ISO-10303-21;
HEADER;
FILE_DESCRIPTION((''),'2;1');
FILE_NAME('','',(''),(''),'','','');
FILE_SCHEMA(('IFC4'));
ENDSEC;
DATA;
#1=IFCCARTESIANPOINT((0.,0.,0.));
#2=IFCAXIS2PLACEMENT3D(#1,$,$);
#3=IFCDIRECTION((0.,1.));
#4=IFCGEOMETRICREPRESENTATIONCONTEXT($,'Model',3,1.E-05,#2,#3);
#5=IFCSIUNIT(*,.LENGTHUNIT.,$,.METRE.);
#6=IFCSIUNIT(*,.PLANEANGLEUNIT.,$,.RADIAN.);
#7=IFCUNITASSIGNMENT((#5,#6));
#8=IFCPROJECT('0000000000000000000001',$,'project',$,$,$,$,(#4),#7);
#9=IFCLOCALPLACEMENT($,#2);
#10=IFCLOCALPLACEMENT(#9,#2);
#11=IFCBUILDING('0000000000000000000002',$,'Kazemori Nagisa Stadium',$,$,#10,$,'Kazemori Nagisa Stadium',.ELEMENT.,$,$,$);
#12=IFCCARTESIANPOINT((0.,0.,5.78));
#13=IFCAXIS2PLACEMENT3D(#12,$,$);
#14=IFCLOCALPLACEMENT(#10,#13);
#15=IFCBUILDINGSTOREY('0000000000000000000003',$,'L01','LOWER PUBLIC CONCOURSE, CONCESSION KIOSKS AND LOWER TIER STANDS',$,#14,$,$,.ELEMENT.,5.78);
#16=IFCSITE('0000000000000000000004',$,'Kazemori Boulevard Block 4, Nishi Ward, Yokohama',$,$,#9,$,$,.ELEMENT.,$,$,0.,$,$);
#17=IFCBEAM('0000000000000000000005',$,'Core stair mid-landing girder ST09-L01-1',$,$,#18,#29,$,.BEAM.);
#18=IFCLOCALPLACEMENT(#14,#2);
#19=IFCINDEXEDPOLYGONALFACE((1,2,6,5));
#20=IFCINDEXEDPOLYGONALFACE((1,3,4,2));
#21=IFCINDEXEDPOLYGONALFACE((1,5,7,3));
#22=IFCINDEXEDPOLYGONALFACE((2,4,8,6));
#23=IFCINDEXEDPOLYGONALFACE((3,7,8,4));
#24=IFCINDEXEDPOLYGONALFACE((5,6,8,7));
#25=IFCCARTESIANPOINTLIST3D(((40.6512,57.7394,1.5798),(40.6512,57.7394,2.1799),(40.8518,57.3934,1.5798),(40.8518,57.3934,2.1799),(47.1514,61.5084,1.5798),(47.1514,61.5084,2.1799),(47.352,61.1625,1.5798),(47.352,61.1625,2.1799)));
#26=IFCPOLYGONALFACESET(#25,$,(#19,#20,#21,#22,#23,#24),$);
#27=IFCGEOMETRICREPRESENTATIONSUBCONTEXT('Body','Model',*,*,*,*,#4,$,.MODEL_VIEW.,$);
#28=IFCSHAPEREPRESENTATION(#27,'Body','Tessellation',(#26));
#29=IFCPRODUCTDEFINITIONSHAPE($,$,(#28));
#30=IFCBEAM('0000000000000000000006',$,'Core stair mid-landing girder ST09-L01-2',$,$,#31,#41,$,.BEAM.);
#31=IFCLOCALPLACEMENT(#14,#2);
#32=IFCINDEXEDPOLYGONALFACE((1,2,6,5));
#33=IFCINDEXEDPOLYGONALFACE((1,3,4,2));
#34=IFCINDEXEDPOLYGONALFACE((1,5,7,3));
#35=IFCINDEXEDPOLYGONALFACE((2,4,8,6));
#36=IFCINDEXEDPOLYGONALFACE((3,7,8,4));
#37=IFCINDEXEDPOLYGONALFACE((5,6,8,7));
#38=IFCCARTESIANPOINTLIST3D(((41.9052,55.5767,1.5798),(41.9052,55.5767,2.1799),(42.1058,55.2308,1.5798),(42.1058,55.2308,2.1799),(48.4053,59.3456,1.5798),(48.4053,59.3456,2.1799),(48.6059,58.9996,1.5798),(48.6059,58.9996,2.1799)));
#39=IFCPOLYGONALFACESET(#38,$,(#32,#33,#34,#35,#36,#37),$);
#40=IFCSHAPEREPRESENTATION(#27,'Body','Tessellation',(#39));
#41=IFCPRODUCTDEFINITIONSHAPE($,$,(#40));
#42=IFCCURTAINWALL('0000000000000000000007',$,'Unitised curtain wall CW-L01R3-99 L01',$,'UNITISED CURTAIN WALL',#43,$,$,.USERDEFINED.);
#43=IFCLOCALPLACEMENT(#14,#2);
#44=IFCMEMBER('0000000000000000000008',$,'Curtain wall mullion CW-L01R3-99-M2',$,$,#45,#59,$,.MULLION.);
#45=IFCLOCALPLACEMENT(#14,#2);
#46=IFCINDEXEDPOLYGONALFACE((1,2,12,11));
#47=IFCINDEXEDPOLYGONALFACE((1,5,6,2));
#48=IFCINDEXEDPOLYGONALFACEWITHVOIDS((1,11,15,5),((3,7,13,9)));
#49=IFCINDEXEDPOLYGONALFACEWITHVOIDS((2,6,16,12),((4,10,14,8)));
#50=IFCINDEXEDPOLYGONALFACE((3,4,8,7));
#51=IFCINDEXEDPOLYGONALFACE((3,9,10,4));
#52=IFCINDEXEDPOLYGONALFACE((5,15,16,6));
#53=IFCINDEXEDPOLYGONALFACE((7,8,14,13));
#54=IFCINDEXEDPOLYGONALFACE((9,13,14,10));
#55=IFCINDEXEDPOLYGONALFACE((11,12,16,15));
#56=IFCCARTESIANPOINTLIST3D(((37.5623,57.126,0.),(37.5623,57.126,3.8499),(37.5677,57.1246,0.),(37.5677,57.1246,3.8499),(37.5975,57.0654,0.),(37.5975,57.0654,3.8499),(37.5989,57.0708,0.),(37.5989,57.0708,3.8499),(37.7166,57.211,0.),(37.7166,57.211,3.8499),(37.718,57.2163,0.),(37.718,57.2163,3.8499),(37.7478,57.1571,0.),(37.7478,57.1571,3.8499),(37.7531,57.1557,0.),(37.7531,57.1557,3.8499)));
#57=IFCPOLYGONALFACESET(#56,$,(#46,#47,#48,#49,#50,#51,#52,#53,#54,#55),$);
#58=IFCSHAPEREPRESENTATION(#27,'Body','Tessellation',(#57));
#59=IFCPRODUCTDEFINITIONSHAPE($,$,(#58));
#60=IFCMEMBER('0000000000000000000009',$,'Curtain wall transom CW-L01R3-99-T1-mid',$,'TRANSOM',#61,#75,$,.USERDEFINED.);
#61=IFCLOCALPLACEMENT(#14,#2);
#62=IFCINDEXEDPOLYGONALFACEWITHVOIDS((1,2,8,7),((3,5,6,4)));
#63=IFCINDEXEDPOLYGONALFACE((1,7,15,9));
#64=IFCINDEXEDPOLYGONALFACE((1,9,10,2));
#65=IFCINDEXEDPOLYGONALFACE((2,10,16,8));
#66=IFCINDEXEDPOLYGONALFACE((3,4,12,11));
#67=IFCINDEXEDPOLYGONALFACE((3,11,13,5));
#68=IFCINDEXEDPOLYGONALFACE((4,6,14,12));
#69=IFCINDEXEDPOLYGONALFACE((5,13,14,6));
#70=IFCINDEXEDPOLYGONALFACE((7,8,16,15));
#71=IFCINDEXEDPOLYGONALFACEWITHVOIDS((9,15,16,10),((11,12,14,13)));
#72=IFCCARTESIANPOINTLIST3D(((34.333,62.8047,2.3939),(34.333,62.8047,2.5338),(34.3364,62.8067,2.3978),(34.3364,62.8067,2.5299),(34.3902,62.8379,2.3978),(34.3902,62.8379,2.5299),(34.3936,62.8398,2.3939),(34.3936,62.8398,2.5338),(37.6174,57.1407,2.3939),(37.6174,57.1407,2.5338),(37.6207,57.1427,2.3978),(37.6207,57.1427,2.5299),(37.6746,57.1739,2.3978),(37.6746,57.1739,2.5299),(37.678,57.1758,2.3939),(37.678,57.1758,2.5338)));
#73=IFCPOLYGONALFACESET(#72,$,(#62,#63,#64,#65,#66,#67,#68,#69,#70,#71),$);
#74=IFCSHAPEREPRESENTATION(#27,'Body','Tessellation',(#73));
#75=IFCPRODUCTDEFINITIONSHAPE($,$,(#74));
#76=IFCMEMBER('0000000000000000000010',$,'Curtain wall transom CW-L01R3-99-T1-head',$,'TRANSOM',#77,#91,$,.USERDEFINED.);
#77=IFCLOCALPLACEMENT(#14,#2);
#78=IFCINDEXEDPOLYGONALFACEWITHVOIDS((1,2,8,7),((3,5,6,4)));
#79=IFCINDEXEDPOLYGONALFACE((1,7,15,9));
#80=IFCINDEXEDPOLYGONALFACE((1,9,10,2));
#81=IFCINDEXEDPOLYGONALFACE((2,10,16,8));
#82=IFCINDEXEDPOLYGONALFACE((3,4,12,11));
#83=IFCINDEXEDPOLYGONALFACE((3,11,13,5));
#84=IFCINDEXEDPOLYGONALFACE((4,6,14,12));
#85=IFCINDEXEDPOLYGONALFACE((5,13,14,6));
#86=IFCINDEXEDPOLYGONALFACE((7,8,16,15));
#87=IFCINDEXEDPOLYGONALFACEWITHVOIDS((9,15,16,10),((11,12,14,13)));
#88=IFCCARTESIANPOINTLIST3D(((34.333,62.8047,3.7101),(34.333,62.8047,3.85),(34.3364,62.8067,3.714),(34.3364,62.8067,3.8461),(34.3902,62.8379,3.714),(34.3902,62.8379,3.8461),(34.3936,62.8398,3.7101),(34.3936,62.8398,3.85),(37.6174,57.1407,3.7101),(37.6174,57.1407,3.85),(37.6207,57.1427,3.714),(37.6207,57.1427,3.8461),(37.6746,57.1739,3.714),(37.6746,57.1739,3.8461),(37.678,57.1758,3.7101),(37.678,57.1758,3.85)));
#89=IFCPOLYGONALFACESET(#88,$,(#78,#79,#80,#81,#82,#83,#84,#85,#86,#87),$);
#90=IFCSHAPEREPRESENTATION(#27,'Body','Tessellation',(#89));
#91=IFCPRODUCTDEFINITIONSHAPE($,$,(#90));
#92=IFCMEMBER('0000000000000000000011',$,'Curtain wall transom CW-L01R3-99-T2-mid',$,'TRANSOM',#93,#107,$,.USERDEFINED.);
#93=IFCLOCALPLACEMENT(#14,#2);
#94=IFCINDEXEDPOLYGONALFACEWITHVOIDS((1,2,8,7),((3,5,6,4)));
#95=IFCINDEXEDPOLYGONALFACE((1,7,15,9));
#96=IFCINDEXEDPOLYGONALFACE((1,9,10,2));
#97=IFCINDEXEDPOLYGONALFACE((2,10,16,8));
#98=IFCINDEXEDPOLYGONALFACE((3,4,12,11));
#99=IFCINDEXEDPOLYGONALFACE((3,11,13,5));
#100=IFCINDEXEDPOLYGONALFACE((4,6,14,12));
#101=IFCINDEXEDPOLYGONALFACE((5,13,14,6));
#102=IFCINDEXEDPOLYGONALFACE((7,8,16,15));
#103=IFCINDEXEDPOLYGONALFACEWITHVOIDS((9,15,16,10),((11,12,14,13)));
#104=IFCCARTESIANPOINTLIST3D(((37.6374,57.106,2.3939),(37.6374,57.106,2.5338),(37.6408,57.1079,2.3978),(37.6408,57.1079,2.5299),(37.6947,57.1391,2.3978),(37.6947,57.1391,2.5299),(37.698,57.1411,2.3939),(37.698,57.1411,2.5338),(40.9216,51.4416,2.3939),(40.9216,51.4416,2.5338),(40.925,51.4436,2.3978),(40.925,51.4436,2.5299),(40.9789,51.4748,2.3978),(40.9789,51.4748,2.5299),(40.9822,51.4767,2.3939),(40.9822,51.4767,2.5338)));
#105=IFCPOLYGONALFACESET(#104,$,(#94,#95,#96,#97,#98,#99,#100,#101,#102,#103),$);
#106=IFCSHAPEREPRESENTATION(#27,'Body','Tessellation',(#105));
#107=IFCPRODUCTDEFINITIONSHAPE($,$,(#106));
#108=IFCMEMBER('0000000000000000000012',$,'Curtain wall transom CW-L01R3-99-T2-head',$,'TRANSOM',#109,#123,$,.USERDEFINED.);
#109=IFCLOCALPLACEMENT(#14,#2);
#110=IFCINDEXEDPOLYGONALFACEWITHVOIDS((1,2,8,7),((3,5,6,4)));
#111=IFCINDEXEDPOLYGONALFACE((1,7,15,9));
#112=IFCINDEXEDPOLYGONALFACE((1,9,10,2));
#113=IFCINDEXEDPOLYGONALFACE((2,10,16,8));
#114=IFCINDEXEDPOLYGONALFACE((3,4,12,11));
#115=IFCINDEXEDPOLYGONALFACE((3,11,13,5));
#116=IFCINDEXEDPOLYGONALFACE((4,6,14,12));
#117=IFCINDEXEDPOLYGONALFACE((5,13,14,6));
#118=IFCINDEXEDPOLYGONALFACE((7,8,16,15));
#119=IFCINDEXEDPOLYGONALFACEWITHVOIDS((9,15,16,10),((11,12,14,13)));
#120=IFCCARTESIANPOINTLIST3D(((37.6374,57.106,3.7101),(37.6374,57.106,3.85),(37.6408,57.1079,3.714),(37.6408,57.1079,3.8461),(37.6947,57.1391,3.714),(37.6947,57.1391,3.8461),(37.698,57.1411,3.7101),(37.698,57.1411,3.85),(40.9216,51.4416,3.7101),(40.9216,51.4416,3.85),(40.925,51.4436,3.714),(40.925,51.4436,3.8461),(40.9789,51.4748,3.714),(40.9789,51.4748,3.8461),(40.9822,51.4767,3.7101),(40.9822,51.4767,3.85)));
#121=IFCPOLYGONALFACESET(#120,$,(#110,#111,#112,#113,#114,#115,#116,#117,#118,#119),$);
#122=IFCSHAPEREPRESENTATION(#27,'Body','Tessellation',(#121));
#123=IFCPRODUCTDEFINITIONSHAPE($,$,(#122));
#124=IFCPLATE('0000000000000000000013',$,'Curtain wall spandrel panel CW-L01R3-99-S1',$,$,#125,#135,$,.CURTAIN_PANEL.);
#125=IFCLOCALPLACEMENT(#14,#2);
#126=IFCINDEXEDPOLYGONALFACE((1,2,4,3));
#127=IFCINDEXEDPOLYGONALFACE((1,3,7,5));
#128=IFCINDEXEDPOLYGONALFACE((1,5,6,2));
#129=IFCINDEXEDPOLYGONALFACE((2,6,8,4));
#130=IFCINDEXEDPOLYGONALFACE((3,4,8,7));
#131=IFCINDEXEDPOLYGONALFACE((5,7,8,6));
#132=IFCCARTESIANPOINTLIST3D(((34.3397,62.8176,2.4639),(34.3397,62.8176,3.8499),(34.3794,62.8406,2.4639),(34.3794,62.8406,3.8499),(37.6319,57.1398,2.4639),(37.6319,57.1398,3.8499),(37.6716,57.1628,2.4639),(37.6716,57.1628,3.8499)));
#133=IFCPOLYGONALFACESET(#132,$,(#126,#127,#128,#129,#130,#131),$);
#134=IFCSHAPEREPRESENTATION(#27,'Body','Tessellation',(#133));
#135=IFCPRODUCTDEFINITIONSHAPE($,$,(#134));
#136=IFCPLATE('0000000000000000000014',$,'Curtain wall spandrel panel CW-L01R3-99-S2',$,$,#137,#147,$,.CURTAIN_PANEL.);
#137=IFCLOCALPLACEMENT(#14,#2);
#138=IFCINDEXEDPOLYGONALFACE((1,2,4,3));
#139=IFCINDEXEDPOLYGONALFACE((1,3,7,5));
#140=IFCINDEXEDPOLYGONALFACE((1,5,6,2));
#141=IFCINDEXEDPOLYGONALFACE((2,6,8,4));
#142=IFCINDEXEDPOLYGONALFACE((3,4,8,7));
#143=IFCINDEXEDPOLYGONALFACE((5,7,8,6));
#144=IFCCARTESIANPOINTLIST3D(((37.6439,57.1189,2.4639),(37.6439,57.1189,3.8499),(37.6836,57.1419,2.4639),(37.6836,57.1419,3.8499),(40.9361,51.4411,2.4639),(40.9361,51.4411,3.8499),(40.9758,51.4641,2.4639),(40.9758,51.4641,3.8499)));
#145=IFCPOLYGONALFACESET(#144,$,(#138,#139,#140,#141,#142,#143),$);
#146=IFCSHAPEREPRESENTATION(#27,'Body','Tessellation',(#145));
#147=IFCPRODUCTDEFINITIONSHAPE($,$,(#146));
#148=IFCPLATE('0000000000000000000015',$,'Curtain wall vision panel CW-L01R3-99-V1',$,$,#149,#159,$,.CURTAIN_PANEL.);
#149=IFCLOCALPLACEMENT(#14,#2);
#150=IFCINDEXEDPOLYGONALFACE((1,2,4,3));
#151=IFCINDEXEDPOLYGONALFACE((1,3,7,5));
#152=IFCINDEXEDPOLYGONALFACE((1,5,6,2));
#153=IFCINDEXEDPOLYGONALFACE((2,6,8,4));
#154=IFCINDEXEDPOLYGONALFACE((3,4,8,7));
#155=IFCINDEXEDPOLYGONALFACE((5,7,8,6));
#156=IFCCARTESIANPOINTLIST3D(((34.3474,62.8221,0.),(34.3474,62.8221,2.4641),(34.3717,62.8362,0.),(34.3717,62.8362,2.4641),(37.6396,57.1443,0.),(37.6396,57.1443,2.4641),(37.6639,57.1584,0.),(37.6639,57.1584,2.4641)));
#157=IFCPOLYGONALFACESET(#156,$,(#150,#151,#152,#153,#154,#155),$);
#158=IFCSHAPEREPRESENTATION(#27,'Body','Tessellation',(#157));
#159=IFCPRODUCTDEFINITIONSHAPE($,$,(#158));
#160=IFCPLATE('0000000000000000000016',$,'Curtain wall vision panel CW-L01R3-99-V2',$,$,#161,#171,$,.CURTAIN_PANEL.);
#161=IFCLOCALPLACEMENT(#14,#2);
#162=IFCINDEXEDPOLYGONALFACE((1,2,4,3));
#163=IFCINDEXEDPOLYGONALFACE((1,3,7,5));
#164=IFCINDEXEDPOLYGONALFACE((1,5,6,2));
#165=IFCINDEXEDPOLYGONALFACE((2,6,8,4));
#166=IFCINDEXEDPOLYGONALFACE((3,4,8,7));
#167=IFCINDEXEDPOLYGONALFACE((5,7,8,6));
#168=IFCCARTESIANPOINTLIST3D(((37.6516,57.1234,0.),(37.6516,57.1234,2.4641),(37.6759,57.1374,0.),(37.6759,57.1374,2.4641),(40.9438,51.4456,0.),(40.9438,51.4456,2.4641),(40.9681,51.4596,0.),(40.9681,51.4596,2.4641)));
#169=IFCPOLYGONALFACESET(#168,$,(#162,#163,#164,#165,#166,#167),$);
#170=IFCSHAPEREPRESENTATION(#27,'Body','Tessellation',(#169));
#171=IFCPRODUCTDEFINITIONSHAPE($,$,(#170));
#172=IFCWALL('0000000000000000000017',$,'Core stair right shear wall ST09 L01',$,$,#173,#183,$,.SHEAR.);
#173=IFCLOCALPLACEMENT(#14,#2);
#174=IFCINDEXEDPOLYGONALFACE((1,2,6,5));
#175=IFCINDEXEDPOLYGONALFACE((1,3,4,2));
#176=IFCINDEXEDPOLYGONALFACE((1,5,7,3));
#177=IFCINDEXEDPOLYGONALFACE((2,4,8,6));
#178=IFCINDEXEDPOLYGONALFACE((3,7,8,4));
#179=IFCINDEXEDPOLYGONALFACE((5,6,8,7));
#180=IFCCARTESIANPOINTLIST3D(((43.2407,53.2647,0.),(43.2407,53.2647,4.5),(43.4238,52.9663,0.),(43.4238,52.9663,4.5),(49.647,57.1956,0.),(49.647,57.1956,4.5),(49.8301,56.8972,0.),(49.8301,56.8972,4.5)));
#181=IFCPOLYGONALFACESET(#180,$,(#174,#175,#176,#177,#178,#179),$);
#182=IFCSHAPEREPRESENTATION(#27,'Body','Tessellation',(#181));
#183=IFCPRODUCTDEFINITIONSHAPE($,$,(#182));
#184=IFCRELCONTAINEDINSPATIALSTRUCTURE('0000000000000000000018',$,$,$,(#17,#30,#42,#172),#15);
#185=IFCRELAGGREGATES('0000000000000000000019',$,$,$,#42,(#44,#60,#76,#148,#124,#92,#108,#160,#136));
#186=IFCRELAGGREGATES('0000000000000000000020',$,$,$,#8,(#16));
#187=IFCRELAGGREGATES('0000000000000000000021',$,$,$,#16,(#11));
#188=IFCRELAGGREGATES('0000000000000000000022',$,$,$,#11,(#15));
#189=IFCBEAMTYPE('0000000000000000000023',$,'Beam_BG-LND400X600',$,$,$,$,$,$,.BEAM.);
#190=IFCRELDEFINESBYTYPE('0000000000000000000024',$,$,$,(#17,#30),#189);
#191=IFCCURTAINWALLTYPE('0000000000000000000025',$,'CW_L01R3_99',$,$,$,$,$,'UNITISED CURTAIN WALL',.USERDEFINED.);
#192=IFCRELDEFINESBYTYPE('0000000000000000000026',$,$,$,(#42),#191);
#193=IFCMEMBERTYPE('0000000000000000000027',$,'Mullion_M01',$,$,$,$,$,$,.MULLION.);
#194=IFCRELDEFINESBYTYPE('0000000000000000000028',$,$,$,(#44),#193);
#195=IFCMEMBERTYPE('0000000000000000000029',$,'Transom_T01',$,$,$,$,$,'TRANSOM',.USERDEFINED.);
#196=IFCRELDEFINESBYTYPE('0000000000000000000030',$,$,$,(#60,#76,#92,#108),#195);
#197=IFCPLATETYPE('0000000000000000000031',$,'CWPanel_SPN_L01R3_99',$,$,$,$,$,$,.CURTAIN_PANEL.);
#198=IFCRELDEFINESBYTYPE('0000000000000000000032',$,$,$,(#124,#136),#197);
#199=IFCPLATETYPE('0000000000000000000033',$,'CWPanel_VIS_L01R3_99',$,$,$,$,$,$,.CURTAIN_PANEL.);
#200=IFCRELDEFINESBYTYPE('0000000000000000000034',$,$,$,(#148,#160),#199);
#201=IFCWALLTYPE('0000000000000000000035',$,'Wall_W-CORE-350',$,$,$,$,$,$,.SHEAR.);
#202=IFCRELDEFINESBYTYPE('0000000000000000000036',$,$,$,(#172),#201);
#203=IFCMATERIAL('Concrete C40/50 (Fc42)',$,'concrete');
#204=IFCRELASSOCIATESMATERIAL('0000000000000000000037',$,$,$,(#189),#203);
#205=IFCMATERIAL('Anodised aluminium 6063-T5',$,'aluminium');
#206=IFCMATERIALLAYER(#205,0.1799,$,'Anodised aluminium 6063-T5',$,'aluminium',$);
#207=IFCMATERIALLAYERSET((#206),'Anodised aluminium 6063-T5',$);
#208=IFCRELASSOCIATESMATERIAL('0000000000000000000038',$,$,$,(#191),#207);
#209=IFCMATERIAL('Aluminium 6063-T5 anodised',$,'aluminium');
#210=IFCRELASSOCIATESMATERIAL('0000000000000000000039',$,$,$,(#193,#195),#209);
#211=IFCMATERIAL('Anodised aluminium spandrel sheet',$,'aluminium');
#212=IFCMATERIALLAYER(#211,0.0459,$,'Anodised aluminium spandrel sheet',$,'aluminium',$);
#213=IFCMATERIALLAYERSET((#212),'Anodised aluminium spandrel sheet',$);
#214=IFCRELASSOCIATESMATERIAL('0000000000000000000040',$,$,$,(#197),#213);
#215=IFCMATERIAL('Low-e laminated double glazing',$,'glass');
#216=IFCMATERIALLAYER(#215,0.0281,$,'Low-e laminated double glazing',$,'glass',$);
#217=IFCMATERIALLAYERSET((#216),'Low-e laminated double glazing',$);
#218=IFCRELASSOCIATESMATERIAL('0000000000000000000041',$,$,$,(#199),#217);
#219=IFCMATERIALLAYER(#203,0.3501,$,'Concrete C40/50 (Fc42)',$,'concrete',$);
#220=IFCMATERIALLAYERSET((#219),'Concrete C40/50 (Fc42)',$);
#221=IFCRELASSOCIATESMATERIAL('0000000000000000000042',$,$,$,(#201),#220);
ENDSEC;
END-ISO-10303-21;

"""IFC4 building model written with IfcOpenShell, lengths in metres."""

from ifc_helpers import new_model, si_unit, direction, frame, frame_2d, origin, origin_2d, place, context, subcontext, project, spatial, rectangle, hollow_rectangle, extrude, material, layer, layer_set, material_profile, profile_set, type_object, element, aggregate, save


model = new_model("IFC4")

# Units and contexts
model_context = context("Model", 3, precision=1e-05, world=origin(), true_north=direction((0.0, 1.0)))
body_context = subcontext(model_context, "Body", "Model", "MODEL_VIEW")
ifc_project = project(units=[si_unit("LENGTHUNIT", "METRE"), si_unit("PLANEANGLEUNIT", "RADIAN")], contexts=[model_context])

# Site, building, storey
site_placement = place(None, origin())
site = spatial("IfcSite", under=ifc_project, at=site_placement, Name="Kazemori Boulevard Block 4, Nishi Ward, Yokohama", CompositionType="ELEMENT", RefElevation=0.0)
building_placement = place(site_placement, origin())
building = spatial("IfcBuilding", under=site, at=building_placement, Name="Kazemori Nagisa Stadium", LongName="Kazemori Nagisa Stadium", CompositionType="ELEMENT")
storey_placement = place(building_placement, frame((0.0, 0.0, 5.78)))
storey = spatial("IfcBuildingStorey", under=building, at=storey_placement, Name="L01", Description="LOWER PUBLIC CONCOURSE, CONCESSION KIOSKS AND LOWER TIER STANDS", CompositionType="ELEMENT", Elevation=5.78)

# Beams
ifc_material_1 = material(Name="Concrete C40/50 (Fc42)", Category="concrete")
ifc_material_profile_1 = material_profile(ifc_material_1, rectangle(XDim=0.3999, YDim=0.6001, at=origin_2d()), Name="RC-BM-400x600")
ifc_profile_set_1 = profile_set([ifc_material_profile_1], Name="Concrete C40/50 (Fc42)")
beam_type = type_object("IfcBeamType", Name="Beam_BG-LND400X600", PredefinedType="BEAM", material=ifc_profile_set_1)
beam_1_placement = place(storey_placement, frame((47.2517, 61.3354, 1.8799), z_axis=(-0.865095, -0.501609, 0.0), x_axis=(0.501609, -0.865095, 0.0)))
element("IfcBeam", 1, at=beam_1_placement, inside=storey, type_object=beam_type, Name="Core stair mid-landing girder ST09-L01-1", PredefinedType="BEAM", context=body_context, shape_type="SweptSolid", body=[
    extrude(rectangle(XDim=0.3999, YDim=0.6001, at=origin_2d()), origin(), (0.0, 0.0, 1.0), 7.5139),
])
beam_2_placement = place(storey_placement, frame((48.5056, 59.1726, 1.8799), z_axis=(-0.865101, -0.501598, 0.0), x_axis=(0.501598, -0.865101, 0.0)))
element("IfcBeam", 2, at=beam_2_placement, inside=storey, type_object=beam_type, Name="Core stair mid-landing girder ST09-L01-2", PredefinedType="BEAM", context=body_context, shape_type="SweptSolid", body=[
    extrude(rectangle(XDim=0.3999, YDim=0.6001, at=origin_2d()), origin(), (0.0, 0.0, 1.0), 7.5137),
])

# Curtain wall, members, plates
ifc_material_2 = material(Name="Anodised aluminium 6063-T5", Category="aluminium")
ifc_layer_1 = layer(ifc_material_2, 0.1799, Name="Anodised aluminium 6063-T5", Category="aluminium")
ifc_layer_set_1 = layer_set([ifc_layer_1], Name="Anodised aluminium 6063-T5")
curtain_wall_type = type_object("IfcCurtainWallType", Name="CW_L01R3_99", ElementType="UNITISED CURTAIN WALL", PredefinedType="USERDEFINED", material=ifc_layer_set_1)
curtain_wall_placement = place(storey_placement, origin())
curtain_wall = element("IfcCurtainWall", 3, at=curtain_wall_placement, inside=storey, type_object=curtain_wall_type, Name="Unitised curtain wall CW-L01R3-99 L01", ObjectType="UNITISED CURTAIN WALL", PredefinedType="USERDEFINED")
ifc_material_3 = material(Name="Aluminium 6063-T5 anodised", Category="aluminium")
ifc_material_profile_2 = material_profile(ifc_material_3, hollow_rectangle(XDim=0.0701, YDim=0.1799, WallThickness=0.0039, at=origin_2d()), Name="ALU-MULL-70x180x4")
ifc_profile_set_2 = profile_set([ifc_material_profile_2], Name="Aluminium 6063-T5 anodised")
member_type_1 = type_object("IfcMemberType", Name="Mullion_M01", PredefinedType="MULLION", material=ifc_profile_set_2)
member_1_placement = place(storey_placement, frame((37.6577, 57.1409, 0.0), z_axis=(0.0, 0.0, 1.0), x_axis=(0.501612, -0.865093, 0.0)))
member_1 = element("IfcMember", 4, at=member_1_placement, type_object=member_type_1, Name="Curtain wall mullion CW-L01R3-99-M2", PredefinedType="MULLION", context=body_context, shape_type="SweptSolid", body=[
    extrude(hollow_rectangle(XDim=0.0701, YDim=0.1799, WallThickness=0.0039, at=origin_2d()), origin(), (0.0, 0.0, 1.0), 3.8499),
])
ifc_material_profile_3 = material_profile(ifc_material_3, hollow_rectangle(XDim=0.0701, YDim=0.1399, WallThickness=0.0039, at=origin_2d()), Name="ALU-TRAN-70x140x4")
ifc_profile_set_3 = profile_set([ifc_material_profile_3], Name="Aluminium 6063-T5 anodised")
member_type_2 = type_object("IfcMemberType", Name="Transom_T01", ElementType="TRANSOM", PredefinedType="USERDEFINED", material=ifc_profile_set_3)
member_2_placement = place(storey_placement, frame((34.3633, 62.8223, 2.4639), z_axis=(0.501634, -0.86508, 0.0), x_axis=(0.86508, 0.501634, 0.0)))
member_2 = element("IfcMember", 5, at=member_2_placement, type_object=member_type_2, Name="Curtain wall transom CW-L01R3-99-T1-mid", ObjectType="TRANSOM", PredefinedType="USERDEFINED", context=body_context, shape_type="SweptSolid", body=[
    extrude(hollow_rectangle(XDim=0.0701, YDim=0.1399, WallThickness=0.0039, at=origin_2d()), origin(), (0.0, 0.0, 1.0), 6.5474),
])
member_3_placement = place(storey_placement, frame((34.3633, 62.8223, 3.78), z_axis=(0.501634, -0.86508, 0.0), x_axis=(0.86508, 0.501634, 0.0)))
member_3 = element("IfcMember", 6, at=member_3_placement, type_object=member_type_2, Name="Curtain wall transom CW-L01R3-99-T1-head", ObjectType="TRANSOM", PredefinedType="USERDEFINED", context=body_context, shape_type="SweptSolid", body=[
    extrude(hollow_rectangle(XDim=0.0701, YDim=0.1399, WallThickness=0.0039, at=origin_2d()), origin(), (0.0, 0.0, 1.0), 6.5474),
])
member_4_placement = place(storey_placement, frame((37.6677, 57.1235, 2.4639), z_axis=(0.50159, -0.865105, 0.0), x_axis=(0.865105, 0.50159, 0.0)))
member_4 = element("IfcMember", 7, at=member_4_placement, type_object=member_type_2, Name="Curtain wall transom CW-L01R3-99-T2-mid", ObjectType="TRANSOM", PredefinedType="USERDEFINED", context=body_context, shape_type="SweptSolid", body=[
    extrude(hollow_rectangle(XDim=0.0701, YDim=0.1399, WallThickness=0.0039, at=origin_2d()), origin(), (0.0, 0.0, 1.0), 6.5476),
])
member_5_placement = place(storey_placement, frame((37.6677, 57.1235, 3.78), z_axis=(0.50159, -0.865105, 0.0), x_axis=(0.865105, 0.50159, 0.0)))
member_5 = element("IfcMember", 8, at=member_5_placement, type_object=member_type_2, Name="Curtain wall transom CW-L01R3-99-T2-head", ObjectType="TRANSOM", PredefinedType="USERDEFINED", context=body_context, shape_type="SweptSolid", body=[
    extrude(hollow_rectangle(XDim=0.0701, YDim=0.1399, WallThickness=0.0039, at=origin_2d()), origin(), (0.0, 0.0, 1.0), 6.5476),
])
ifc_material_4 = material(Name="Anodised aluminium spandrel sheet", Category="aluminium")
ifc_layer_2 = layer(ifc_material_4, 0.0459, Name="Anodised aluminium spandrel sheet", Category="aluminium")
ifc_layer_set_2 = layer_set([ifc_layer_2], Name="Anodised aluminium spandrel sheet")
plate_type_1 = type_object("IfcPlateType", Name="CWPanel_SPN_L01R3_99", PredefinedType="CURTAIN_PANEL", material=ifc_layer_set_2)
plate_1_placement = place(storey_placement, frame((36.0056, 59.9902, 2.4639), z_axis=(0.0, 0.0, 1.0), x_axis=(0.501612, -0.865093, 0.0)))
plate_1 = element("IfcPlate", 9, at=plate_1_placement, type_object=plate_type_1, Name="Curtain wall spandrel panel CW-L01R3-99-S1", PredefinedType="CURTAIN_PANEL", context=body_context, shape_type="SweptSolid", body=[
    extrude(rectangle(XDim=6.5632, YDim=0.0459, at=origin_2d()), origin(), (0.0, 0.0, 1.0), 1.386),
])
plate_2_placement = place(storey_placement, frame((39.3098, 54.2915, 2.4639), z_axis=(0.0, 0.0, 1.0), x_axis=(0.501612, -0.865093, 0.0)))
plate_2 = element("IfcPlate", 10, at=plate_2_placement, type_object=plate_type_1, Name="Curtain wall spandrel panel CW-L01R3-99-S2", PredefinedType="CURTAIN_PANEL", context=body_context, shape_type="SweptSolid", body=[
    extrude(rectangle(XDim=6.5632, YDim=0.0459, at=origin_2d()), origin(), (0.0, 0.0, 1.0), 1.386),
])
ifc_material_5 = material(Name="Low-e laminated double glazing", Category="glass")
ifc_layer_3 = layer(ifc_material_5, 0.0281, Name="Low-e laminated double glazing", Category="glass")
ifc_layer_set_3 = layer_set([ifc_layer_3], Name="Low-e laminated double glazing")
plate_type_2 = type_object("IfcPlateType", Name="CWPanel_VIS_L01R3_99", PredefinedType="CURTAIN_PANEL", material=ifc_layer_set_3)
plate_3_placement = place(storey_placement, frame((36.0056, 59.9902, 0.0), z_axis=(0.0, 0.0, 1.0), x_axis=(0.501612, -0.865093, 0.0)))
plate_3 = element("IfcPlate", 11, at=plate_3_placement, type_object=plate_type_2, Name="Curtain wall vision panel CW-L01R3-99-V1", PredefinedType="CURTAIN_PANEL", context=body_context, shape_type="SweptSolid", body=[
    extrude(rectangle(XDim=6.5632, YDim=0.0281, at=origin_2d()), origin(), (0.0, 0.0, 1.0), 2.4641),
])
plate_4_placement = place(storey_placement, frame((39.3098, 54.2915, 0.0), z_axis=(0.0, 0.0, 1.0), x_axis=(0.501612, -0.865093, 0.0)))
plate_4 = element("IfcPlate", 12, at=plate_4_placement, type_object=plate_type_2, Name="Curtain wall vision panel CW-L01R3-99-V2", PredefinedType="CURTAIN_PANEL", context=body_context, shape_type="SweptSolid", body=[
    extrude(rectangle(XDim=6.5632, YDim=0.0281, at=origin_2d()), origin(), (0.0, 0.0, 1.0), 2.4641),
])
aggregate(curtain_wall, [member_1, member_2, member_3, plate_3, plate_1, member_4, member_5, plate_4, plate_2])

# Wall
ifc_layer_4 = layer(ifc_material_1, 0.3501, Name="Concrete C40/50 (Fc42)", Category="concrete")
ifc_layer_set_4 = layer_set([ifc_layer_4], Name="Concrete C40/50 (Fc42)")
wall_type_1 = type_object("IfcWallType", Name="Wall_W-CORE-350", PredefinedType="SHEAR", material=ifc_layer_set_4)
wall_1_placement = place(storey_placement, frame((49.7385, 57.0464, 0.0), z_axis=(0.0, 0.0, 1.0), x_axis=(-0.852335, -0.522997, 0.0)))
element("IfcWall", 13, at=wall_1_placement, inside=storey, type_object=wall_type_1, Name="Core stair right shear wall ST09 L01", PredefinedType="SHEAR", context=body_context, shape_type="SweptSolid", body=[
    extrude(rectangle(XDim=7.5161, YDim=0.3501, at=frame_2d((3.7581, 0.0))), origin(), (0.0, 0.0, 1.0), 4.5),
])

save(model, "model.ifc")
